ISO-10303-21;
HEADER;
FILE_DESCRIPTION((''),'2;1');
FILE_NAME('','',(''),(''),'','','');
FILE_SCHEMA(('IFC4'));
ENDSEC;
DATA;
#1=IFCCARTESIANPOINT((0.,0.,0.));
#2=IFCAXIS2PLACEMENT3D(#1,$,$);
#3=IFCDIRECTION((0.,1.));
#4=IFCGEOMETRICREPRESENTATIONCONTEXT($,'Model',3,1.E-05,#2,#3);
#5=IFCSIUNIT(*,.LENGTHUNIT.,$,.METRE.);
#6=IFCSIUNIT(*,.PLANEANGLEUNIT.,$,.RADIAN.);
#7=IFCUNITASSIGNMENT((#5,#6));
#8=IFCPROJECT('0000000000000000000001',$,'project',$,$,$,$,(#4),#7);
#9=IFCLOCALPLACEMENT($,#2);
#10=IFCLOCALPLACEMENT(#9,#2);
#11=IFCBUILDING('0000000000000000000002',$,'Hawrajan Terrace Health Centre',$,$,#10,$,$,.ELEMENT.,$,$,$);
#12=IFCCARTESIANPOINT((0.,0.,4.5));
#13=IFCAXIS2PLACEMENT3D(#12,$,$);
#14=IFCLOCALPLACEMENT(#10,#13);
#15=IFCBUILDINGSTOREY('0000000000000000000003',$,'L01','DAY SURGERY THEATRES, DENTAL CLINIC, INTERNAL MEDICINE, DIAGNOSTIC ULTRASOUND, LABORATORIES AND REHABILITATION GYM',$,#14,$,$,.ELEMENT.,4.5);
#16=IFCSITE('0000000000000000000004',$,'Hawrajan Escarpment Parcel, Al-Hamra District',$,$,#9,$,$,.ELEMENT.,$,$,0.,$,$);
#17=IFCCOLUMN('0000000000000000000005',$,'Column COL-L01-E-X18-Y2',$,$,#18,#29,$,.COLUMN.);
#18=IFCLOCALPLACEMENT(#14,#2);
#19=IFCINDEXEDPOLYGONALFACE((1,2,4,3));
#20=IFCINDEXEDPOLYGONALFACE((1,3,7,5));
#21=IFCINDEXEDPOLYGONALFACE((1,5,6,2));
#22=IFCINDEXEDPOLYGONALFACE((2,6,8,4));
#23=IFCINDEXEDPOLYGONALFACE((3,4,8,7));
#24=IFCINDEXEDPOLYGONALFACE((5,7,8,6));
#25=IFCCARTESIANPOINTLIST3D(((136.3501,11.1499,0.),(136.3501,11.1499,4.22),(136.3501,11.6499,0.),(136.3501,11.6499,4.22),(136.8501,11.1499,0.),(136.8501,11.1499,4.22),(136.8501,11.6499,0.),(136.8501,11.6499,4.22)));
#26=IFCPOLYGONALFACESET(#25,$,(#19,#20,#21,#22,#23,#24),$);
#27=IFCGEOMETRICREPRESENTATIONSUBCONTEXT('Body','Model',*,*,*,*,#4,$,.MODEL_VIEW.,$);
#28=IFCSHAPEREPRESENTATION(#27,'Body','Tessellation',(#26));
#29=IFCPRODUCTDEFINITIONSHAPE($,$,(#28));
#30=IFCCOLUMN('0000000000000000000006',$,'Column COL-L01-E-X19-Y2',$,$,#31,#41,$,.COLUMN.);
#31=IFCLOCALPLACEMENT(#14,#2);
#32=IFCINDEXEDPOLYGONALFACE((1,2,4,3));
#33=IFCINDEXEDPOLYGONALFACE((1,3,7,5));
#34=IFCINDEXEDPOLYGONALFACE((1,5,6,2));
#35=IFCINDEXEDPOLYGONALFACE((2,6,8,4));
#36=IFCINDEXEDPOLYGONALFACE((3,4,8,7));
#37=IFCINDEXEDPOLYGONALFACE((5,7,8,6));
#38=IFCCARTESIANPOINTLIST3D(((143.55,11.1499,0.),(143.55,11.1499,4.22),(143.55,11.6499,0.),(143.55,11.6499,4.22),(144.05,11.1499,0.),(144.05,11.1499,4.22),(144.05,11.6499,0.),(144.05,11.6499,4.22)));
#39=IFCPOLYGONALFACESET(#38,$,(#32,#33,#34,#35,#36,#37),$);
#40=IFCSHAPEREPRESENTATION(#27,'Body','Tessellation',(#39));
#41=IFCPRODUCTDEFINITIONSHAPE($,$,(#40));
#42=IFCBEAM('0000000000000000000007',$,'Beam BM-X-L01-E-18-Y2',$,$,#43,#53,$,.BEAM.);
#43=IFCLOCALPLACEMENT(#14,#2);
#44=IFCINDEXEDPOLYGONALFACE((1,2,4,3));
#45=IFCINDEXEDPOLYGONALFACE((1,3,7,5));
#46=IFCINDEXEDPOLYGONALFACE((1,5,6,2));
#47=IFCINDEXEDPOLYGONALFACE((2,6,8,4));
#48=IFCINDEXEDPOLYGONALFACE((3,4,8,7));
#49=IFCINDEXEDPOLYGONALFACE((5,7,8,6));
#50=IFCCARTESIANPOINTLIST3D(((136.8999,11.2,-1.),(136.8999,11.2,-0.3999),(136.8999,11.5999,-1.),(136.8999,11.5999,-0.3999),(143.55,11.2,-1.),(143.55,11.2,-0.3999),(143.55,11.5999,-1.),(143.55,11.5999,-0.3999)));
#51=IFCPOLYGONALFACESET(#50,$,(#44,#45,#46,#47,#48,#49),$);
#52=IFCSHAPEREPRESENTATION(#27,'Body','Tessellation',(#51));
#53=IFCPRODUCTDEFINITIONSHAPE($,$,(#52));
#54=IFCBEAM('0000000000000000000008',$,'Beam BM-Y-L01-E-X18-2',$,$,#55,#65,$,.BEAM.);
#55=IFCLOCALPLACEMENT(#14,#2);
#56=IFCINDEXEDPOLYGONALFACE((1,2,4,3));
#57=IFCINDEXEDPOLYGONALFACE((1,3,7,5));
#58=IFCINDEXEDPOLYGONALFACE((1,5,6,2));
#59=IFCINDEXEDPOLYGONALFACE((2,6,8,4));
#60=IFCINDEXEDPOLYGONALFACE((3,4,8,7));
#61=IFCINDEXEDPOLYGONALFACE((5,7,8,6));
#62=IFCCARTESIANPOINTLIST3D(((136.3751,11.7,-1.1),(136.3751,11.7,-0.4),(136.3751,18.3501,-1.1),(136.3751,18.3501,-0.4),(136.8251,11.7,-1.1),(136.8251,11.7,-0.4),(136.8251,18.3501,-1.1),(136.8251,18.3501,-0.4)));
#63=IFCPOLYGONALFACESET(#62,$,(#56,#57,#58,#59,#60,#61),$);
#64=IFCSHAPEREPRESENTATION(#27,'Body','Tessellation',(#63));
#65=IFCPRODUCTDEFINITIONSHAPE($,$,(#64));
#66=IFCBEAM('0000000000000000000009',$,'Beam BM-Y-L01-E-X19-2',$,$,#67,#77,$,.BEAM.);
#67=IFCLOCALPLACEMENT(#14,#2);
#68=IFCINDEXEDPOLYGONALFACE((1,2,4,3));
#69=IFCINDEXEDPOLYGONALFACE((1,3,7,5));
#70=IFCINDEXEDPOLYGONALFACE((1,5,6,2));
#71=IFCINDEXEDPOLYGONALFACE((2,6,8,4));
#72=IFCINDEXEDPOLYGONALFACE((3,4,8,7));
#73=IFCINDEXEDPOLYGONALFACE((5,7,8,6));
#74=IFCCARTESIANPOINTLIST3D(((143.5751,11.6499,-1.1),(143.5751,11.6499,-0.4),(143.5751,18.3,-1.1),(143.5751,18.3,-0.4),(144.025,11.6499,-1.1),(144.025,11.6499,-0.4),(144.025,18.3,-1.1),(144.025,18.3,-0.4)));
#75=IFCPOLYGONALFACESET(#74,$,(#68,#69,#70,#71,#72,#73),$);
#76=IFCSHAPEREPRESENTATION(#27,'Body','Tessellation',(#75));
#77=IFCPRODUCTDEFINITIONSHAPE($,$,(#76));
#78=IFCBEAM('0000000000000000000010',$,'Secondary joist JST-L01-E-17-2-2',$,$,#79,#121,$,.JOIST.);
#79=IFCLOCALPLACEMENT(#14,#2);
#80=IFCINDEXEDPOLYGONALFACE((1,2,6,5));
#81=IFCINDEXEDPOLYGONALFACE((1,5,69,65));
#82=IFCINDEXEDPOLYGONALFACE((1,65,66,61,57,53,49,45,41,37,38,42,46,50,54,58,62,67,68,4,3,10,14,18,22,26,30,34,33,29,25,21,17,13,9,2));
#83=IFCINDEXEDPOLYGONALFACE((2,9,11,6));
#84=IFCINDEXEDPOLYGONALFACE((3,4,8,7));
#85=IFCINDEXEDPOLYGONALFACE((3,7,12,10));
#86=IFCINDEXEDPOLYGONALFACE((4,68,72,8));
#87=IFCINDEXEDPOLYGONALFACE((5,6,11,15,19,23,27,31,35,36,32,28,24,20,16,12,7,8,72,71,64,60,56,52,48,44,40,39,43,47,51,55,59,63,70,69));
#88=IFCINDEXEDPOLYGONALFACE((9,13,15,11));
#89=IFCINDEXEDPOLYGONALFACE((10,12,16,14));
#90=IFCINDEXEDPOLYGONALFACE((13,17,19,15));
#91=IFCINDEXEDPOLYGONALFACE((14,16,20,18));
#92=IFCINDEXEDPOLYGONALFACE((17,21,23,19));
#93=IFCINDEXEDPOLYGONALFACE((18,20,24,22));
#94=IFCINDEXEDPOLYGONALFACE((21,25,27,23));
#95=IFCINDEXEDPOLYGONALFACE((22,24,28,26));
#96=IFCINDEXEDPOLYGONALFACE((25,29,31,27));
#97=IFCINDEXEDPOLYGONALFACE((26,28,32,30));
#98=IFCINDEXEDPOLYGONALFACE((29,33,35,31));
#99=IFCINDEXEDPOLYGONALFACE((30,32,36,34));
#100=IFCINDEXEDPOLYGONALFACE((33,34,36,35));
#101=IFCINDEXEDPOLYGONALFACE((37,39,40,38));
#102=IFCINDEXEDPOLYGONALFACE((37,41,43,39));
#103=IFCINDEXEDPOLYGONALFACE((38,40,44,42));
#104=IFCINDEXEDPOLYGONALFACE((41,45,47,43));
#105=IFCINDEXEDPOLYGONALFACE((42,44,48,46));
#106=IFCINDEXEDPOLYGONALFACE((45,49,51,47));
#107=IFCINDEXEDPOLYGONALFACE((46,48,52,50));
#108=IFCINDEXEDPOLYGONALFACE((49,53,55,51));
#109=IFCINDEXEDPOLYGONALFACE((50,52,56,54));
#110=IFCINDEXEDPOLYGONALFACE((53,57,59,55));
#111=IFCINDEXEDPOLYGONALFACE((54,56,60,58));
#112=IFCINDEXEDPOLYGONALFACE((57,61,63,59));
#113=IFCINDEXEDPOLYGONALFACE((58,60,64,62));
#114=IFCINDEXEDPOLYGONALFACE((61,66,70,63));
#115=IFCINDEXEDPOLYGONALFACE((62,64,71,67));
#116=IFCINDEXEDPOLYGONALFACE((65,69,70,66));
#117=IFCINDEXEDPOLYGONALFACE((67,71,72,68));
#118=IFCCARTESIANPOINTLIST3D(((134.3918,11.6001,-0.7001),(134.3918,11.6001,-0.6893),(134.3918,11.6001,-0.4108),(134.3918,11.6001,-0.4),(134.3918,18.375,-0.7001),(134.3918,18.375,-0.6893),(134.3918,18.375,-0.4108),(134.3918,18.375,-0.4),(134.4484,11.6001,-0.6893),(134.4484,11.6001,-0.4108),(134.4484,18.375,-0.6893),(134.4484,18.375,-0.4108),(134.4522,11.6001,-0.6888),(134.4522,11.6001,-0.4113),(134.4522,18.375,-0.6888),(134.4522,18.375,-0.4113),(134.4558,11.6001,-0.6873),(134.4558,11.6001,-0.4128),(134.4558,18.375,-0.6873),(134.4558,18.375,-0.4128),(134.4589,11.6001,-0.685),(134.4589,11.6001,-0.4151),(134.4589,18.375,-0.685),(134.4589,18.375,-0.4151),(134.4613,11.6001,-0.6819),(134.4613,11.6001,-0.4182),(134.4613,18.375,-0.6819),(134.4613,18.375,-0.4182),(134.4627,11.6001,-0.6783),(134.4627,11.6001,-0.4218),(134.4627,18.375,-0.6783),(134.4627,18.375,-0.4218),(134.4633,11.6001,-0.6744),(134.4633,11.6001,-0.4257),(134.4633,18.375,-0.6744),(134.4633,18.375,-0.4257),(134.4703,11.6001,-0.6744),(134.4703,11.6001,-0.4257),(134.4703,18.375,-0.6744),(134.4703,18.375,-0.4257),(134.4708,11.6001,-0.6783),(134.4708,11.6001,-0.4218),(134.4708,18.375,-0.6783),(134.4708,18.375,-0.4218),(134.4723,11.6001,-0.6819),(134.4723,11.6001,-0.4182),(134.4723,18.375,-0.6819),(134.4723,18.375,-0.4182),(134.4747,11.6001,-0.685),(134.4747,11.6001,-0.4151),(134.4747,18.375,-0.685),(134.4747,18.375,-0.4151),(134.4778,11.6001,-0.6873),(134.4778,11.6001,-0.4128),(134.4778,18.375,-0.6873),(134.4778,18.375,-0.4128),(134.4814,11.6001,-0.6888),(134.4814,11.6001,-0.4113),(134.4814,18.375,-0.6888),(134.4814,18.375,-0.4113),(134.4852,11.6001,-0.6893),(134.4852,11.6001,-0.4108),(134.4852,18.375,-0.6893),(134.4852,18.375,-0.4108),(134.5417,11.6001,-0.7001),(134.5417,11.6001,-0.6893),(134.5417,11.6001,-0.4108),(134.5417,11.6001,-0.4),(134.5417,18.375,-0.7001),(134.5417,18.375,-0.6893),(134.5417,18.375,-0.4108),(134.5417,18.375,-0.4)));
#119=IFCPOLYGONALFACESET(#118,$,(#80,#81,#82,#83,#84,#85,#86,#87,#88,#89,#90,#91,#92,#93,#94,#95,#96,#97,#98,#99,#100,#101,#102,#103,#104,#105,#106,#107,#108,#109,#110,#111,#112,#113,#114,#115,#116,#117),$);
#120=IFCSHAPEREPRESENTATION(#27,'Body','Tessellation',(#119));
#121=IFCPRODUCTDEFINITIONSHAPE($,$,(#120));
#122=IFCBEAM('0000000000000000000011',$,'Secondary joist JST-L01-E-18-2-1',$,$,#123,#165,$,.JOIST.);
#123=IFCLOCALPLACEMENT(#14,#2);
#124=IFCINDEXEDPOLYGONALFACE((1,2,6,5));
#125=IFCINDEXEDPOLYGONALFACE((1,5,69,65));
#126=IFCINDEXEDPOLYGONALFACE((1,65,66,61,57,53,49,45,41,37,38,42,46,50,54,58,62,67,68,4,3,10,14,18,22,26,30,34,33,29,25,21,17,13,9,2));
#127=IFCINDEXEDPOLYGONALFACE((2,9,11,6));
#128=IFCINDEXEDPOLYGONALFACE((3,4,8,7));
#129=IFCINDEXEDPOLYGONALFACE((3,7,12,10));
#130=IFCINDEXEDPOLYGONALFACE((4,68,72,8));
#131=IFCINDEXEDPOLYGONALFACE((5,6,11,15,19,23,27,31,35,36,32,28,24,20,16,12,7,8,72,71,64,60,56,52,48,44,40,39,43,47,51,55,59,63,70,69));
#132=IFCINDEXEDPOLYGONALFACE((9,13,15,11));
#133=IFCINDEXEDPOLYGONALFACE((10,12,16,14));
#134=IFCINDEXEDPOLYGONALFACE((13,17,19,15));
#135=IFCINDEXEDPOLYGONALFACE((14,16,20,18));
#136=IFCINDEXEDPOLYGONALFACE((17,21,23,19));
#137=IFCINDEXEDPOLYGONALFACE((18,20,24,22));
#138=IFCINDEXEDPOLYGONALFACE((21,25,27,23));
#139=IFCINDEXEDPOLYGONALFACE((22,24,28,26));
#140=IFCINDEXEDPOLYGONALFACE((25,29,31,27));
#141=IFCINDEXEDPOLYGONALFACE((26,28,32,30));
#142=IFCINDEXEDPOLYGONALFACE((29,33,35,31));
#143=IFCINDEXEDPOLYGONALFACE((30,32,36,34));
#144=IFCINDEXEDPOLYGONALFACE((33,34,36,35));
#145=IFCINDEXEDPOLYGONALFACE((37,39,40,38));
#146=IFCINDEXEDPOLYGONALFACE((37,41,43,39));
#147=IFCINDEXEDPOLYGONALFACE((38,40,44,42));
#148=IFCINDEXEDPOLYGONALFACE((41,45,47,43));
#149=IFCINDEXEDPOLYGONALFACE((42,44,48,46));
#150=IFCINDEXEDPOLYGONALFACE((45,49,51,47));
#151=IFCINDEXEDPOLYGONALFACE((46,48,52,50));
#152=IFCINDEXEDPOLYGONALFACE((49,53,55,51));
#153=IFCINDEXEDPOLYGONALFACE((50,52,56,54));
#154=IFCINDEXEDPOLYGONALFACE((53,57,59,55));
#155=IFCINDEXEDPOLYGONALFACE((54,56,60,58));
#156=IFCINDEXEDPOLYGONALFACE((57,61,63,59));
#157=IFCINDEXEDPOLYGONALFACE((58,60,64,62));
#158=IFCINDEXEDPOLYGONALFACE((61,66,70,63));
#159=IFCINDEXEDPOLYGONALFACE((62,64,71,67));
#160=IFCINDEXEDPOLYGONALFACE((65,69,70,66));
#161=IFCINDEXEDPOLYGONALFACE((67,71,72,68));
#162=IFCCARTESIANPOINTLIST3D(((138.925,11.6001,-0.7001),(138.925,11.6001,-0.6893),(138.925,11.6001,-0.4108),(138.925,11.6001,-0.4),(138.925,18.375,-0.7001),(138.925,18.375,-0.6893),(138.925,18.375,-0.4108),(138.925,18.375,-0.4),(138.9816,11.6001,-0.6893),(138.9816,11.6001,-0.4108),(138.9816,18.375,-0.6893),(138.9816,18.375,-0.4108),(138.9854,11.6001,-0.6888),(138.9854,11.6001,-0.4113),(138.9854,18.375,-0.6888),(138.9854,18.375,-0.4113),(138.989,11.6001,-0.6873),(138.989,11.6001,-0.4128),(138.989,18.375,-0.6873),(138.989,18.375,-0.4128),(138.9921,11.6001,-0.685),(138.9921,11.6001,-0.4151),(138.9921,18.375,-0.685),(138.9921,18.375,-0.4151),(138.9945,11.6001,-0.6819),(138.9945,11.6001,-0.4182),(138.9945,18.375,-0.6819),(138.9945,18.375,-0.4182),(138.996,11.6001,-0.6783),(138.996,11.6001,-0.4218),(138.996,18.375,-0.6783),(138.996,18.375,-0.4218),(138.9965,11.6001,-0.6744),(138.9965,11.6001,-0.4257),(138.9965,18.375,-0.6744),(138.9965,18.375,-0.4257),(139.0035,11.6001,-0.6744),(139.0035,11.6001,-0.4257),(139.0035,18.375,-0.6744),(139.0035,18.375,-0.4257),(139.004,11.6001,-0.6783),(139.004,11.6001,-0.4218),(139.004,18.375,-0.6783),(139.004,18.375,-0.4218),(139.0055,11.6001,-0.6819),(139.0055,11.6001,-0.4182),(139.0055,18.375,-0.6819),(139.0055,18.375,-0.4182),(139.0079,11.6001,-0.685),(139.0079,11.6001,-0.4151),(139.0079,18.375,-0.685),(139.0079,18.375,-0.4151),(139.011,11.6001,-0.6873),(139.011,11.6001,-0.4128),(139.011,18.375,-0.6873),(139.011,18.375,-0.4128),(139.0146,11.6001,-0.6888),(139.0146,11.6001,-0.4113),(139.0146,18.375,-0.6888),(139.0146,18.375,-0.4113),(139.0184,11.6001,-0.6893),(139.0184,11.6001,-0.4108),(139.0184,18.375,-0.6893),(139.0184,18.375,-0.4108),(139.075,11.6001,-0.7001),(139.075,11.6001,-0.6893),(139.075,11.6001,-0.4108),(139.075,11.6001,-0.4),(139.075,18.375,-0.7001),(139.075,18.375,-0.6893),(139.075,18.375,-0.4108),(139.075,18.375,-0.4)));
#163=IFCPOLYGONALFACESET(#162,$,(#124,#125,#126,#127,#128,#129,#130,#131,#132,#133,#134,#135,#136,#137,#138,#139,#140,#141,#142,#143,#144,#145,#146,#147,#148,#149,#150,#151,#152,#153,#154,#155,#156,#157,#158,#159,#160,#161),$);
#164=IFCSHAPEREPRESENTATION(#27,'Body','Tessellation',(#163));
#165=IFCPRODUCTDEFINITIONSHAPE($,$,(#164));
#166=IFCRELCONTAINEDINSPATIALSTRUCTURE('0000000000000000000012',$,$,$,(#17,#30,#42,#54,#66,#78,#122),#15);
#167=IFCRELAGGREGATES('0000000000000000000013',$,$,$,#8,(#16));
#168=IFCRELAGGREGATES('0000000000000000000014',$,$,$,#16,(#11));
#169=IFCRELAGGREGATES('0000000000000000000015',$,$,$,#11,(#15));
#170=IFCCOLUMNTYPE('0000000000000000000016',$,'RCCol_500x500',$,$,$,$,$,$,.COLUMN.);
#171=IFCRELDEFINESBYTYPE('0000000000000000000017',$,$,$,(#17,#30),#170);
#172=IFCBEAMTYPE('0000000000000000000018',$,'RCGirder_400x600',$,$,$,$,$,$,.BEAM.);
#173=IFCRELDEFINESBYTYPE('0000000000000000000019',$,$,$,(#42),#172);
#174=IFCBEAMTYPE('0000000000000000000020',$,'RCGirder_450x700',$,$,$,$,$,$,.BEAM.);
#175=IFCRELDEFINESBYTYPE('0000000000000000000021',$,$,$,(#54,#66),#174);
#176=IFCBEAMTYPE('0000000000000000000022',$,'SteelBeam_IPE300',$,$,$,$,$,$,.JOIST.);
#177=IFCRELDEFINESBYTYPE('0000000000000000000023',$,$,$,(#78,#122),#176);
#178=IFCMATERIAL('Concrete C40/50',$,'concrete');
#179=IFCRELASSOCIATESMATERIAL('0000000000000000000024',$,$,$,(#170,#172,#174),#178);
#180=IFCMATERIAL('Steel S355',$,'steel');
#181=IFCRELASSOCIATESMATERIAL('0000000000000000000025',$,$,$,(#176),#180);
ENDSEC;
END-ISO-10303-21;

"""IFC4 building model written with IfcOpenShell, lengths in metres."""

from ifc_helpers import new_model, si_unit, direction, frame, origin, origin_2d, place, context, subcontext, project, spatial, rectangle, i_section, extrude, material, material_profile, profile_set, type_object, element, save


model = new_model("IFC4")

# Units and contexts
model_context = context("Model", 3, precision=1e-05, world=origin(), true_north=direction((0.0, 1.0)))
body_context = subcontext(model_context, "Body", "Model", "MODEL_VIEW")
ifc_project = project(units=[si_unit("LENGTHUNIT", "METRE"), si_unit("PLANEANGLEUNIT", "RADIAN")], contexts=[model_context])

# Site, building, storey
site_placement = place(None, origin())
site = spatial("IfcSite", under=ifc_project, at=site_placement, Name="Hawrajan Escarpment Parcel, Al-Hamra District", CompositionType="ELEMENT", RefElevation=0.0)
building_placement = place(site_placement, origin())
building = spatial("IfcBuilding", under=site, at=building_placement, Name="Hawrajan Terrace Health Centre", CompositionType="ELEMENT")
storey_placement = place(building_placement, frame((0.0, 0.0, 4.5)))
storey = spatial("IfcBuildingStorey", under=building, at=storey_placement, Name="L01", Description="DAY SURGERY THEATRES, DENTAL CLINIC, INTERNAL MEDICINE, DIAGNOSTIC ULTRASOUND, LABORATORIES AND REHABILITATION GYM", CompositionType="ELEMENT", Elevation=4.5)

# Columns
ifc_material_1 = material(Name="Concrete C40/50", Category="concrete")
ifc_material_profile_1 = material_profile(ifc_material_1, rectangle(XDim=0.5, YDim=0.5, at=origin_2d()), Name="RC 500x500")
ifc_profile_set_1 = profile_set([ifc_material_profile_1], Name="Concrete C40/50")
column_type = type_object("IfcColumnType", Name="RCCol_500x500", PredefinedType="COLUMN", material=ifc_profile_set_1)
for number, where, z_axis, x_axis, name in (
    (1, (136.6001, 11.3999, 0.0), (0.0, 0.0, 1.0), (1.0, 0.0, 0.0), "Column COL-L01-E-X18-Y2"),
    (2, (143.8, 11.3999, 0.0), (0.0, 0.0, 1.0), (1.0, 0.0, 0.0), "Column COL-L01-E-X19-Y2"),
):
    element("IfcColumn", number, at=place(storey_placement, frame(where, z_axis=z_axis, x_axis=x_axis)), inside=storey, type_object=column_type, Name=name, PredefinedType="COLUMN", context=body_context, shape_type="SweptSolid", body=[
        extrude(rectangle(XDim=0.5, YDim=0.5, at=origin_2d()), origin(), (0.0, 0.0, 1.0), 4.22),
    ])

# Beams
ifc_material_profile_2 = material_profile(ifc_material_1, rectangle(XDim=0.3999, YDim=0.6001, at=origin_2d()), Name="RC BM 400x600")
ifc_profile_set_2 = profile_set([ifc_material_profile_2], Name="Concrete C40/50")
beam_type_1 = type_object("IfcBeamType", Name="RCGirder_400x600", PredefinedType="BEAM", material=ifc_profile_set_2)
beam_placement = place(storey_placement, frame((136.8999, 11.3999, -0.7), z_axis=(1.0, 0.0, 0.0), x_axis=(0.0, 1.0, 0.0)))
element("IfcBeam", 3, at=beam_placement, inside=storey, type_object=beam_type_1, Name="Beam BM-X-L01-E-18-Y2", PredefinedType="BEAM", context=body_context, shape_type="SweptSolid", body=[
    extrude(rectangle(XDim=0.3999, YDim=0.6001, at=origin_2d()), origin(), (0.0, 0.0, 1.0), 6.6501),
])
ifc_material_profile_3 = material_profile(ifc_material_1, rectangle(XDim=0.45, YDim=0.7, at=origin_2d()), Name="RC BM 450x700")
ifc_profile_set_3 = profile_set([ifc_material_profile_3], Name="Concrete C40/50")
beam_type_2 = type_object("IfcBeamType", Name="RCGirder_450x700", PredefinedType="BEAM", material=ifc_profile_set_3)
for number, where, z_axis, x_axis, name in (
    (4, (136.6001, 11.7, -0.75), (0.0, 1.0, 0.0), (-1.0, 0.0, 0.0), "Beam BM-Y-L01-E-X18-2"),
    (5, (143.8, 11.6499, -0.75), (0.0, 1.0, 0.0), (-1.0, 0.0, 0.0), "Beam BM-Y-L01-E-X19-2"),
):
    element("IfcBeam", number, at=place(storey_placement, frame(where, z_axis=z_axis, x_axis=x_axis)), inside=storey, type_object=beam_type_2, Name=name, PredefinedType="BEAM", context=body_context, shape_type="SweptSolid", body=[
        extrude(rectangle(XDim=0.45, YDim=0.7, at=origin_2d()), origin(), (0.0, 0.0, 1.0), 6.6501),
    ])
ifc_material_2 = material(Name="Steel S355", Category="steel")
ifc_material_profile_4 = material_profile(ifc_material_2, i_section(OverallWidth=0.1499, OverallDepth=0.3, WebThickness=0.0071, FlangeThickness=0.0107, FilletRadius=0.0149, at=origin_2d()), Name="IPE 300")
ifc_profile_set_4 = profile_set([ifc_material_profile_4], Name="Steel S355")
beam_type_3 = type_object("IfcBeamType", Name="SteelBeam_IPE300", PredefinedType="JOIST", material=ifc_profile_set_4)
for number, where, z_axis, x_axis, name in (
    (6, (134.4668, 11.6001, -0.55), (0.0, 1.0, 0.0), (-1.0, 0.0, 0.0), "Secondary joist JST-L01-E-17-2-2"),
    (7, (139.0, 11.6001, -0.55), (0.0, 1.0, 0.0), (-1.0, 0.0, 0.0), "Secondary joist JST-L01-E-18-2-1"),
):
    element("IfcBeam", number, at=place(storey_placement, frame(where, z_axis=z_axis, x_axis=x_axis)), inside=storey, type_object=beam_type_3, Name=name, PredefinedType="JOIST", context=body_context, shape_type="SweptSolid", body=[
        extrude(i_section(OverallWidth=0.1499, OverallDepth=0.3, WebThickness=0.0071, FlangeThickness=0.0107, FilletRadius=0.0149, at=origin_2d()), origin(), (0.0, 0.0, 1.0), 6.7749),
    ])

save(model, "model.ifc")
